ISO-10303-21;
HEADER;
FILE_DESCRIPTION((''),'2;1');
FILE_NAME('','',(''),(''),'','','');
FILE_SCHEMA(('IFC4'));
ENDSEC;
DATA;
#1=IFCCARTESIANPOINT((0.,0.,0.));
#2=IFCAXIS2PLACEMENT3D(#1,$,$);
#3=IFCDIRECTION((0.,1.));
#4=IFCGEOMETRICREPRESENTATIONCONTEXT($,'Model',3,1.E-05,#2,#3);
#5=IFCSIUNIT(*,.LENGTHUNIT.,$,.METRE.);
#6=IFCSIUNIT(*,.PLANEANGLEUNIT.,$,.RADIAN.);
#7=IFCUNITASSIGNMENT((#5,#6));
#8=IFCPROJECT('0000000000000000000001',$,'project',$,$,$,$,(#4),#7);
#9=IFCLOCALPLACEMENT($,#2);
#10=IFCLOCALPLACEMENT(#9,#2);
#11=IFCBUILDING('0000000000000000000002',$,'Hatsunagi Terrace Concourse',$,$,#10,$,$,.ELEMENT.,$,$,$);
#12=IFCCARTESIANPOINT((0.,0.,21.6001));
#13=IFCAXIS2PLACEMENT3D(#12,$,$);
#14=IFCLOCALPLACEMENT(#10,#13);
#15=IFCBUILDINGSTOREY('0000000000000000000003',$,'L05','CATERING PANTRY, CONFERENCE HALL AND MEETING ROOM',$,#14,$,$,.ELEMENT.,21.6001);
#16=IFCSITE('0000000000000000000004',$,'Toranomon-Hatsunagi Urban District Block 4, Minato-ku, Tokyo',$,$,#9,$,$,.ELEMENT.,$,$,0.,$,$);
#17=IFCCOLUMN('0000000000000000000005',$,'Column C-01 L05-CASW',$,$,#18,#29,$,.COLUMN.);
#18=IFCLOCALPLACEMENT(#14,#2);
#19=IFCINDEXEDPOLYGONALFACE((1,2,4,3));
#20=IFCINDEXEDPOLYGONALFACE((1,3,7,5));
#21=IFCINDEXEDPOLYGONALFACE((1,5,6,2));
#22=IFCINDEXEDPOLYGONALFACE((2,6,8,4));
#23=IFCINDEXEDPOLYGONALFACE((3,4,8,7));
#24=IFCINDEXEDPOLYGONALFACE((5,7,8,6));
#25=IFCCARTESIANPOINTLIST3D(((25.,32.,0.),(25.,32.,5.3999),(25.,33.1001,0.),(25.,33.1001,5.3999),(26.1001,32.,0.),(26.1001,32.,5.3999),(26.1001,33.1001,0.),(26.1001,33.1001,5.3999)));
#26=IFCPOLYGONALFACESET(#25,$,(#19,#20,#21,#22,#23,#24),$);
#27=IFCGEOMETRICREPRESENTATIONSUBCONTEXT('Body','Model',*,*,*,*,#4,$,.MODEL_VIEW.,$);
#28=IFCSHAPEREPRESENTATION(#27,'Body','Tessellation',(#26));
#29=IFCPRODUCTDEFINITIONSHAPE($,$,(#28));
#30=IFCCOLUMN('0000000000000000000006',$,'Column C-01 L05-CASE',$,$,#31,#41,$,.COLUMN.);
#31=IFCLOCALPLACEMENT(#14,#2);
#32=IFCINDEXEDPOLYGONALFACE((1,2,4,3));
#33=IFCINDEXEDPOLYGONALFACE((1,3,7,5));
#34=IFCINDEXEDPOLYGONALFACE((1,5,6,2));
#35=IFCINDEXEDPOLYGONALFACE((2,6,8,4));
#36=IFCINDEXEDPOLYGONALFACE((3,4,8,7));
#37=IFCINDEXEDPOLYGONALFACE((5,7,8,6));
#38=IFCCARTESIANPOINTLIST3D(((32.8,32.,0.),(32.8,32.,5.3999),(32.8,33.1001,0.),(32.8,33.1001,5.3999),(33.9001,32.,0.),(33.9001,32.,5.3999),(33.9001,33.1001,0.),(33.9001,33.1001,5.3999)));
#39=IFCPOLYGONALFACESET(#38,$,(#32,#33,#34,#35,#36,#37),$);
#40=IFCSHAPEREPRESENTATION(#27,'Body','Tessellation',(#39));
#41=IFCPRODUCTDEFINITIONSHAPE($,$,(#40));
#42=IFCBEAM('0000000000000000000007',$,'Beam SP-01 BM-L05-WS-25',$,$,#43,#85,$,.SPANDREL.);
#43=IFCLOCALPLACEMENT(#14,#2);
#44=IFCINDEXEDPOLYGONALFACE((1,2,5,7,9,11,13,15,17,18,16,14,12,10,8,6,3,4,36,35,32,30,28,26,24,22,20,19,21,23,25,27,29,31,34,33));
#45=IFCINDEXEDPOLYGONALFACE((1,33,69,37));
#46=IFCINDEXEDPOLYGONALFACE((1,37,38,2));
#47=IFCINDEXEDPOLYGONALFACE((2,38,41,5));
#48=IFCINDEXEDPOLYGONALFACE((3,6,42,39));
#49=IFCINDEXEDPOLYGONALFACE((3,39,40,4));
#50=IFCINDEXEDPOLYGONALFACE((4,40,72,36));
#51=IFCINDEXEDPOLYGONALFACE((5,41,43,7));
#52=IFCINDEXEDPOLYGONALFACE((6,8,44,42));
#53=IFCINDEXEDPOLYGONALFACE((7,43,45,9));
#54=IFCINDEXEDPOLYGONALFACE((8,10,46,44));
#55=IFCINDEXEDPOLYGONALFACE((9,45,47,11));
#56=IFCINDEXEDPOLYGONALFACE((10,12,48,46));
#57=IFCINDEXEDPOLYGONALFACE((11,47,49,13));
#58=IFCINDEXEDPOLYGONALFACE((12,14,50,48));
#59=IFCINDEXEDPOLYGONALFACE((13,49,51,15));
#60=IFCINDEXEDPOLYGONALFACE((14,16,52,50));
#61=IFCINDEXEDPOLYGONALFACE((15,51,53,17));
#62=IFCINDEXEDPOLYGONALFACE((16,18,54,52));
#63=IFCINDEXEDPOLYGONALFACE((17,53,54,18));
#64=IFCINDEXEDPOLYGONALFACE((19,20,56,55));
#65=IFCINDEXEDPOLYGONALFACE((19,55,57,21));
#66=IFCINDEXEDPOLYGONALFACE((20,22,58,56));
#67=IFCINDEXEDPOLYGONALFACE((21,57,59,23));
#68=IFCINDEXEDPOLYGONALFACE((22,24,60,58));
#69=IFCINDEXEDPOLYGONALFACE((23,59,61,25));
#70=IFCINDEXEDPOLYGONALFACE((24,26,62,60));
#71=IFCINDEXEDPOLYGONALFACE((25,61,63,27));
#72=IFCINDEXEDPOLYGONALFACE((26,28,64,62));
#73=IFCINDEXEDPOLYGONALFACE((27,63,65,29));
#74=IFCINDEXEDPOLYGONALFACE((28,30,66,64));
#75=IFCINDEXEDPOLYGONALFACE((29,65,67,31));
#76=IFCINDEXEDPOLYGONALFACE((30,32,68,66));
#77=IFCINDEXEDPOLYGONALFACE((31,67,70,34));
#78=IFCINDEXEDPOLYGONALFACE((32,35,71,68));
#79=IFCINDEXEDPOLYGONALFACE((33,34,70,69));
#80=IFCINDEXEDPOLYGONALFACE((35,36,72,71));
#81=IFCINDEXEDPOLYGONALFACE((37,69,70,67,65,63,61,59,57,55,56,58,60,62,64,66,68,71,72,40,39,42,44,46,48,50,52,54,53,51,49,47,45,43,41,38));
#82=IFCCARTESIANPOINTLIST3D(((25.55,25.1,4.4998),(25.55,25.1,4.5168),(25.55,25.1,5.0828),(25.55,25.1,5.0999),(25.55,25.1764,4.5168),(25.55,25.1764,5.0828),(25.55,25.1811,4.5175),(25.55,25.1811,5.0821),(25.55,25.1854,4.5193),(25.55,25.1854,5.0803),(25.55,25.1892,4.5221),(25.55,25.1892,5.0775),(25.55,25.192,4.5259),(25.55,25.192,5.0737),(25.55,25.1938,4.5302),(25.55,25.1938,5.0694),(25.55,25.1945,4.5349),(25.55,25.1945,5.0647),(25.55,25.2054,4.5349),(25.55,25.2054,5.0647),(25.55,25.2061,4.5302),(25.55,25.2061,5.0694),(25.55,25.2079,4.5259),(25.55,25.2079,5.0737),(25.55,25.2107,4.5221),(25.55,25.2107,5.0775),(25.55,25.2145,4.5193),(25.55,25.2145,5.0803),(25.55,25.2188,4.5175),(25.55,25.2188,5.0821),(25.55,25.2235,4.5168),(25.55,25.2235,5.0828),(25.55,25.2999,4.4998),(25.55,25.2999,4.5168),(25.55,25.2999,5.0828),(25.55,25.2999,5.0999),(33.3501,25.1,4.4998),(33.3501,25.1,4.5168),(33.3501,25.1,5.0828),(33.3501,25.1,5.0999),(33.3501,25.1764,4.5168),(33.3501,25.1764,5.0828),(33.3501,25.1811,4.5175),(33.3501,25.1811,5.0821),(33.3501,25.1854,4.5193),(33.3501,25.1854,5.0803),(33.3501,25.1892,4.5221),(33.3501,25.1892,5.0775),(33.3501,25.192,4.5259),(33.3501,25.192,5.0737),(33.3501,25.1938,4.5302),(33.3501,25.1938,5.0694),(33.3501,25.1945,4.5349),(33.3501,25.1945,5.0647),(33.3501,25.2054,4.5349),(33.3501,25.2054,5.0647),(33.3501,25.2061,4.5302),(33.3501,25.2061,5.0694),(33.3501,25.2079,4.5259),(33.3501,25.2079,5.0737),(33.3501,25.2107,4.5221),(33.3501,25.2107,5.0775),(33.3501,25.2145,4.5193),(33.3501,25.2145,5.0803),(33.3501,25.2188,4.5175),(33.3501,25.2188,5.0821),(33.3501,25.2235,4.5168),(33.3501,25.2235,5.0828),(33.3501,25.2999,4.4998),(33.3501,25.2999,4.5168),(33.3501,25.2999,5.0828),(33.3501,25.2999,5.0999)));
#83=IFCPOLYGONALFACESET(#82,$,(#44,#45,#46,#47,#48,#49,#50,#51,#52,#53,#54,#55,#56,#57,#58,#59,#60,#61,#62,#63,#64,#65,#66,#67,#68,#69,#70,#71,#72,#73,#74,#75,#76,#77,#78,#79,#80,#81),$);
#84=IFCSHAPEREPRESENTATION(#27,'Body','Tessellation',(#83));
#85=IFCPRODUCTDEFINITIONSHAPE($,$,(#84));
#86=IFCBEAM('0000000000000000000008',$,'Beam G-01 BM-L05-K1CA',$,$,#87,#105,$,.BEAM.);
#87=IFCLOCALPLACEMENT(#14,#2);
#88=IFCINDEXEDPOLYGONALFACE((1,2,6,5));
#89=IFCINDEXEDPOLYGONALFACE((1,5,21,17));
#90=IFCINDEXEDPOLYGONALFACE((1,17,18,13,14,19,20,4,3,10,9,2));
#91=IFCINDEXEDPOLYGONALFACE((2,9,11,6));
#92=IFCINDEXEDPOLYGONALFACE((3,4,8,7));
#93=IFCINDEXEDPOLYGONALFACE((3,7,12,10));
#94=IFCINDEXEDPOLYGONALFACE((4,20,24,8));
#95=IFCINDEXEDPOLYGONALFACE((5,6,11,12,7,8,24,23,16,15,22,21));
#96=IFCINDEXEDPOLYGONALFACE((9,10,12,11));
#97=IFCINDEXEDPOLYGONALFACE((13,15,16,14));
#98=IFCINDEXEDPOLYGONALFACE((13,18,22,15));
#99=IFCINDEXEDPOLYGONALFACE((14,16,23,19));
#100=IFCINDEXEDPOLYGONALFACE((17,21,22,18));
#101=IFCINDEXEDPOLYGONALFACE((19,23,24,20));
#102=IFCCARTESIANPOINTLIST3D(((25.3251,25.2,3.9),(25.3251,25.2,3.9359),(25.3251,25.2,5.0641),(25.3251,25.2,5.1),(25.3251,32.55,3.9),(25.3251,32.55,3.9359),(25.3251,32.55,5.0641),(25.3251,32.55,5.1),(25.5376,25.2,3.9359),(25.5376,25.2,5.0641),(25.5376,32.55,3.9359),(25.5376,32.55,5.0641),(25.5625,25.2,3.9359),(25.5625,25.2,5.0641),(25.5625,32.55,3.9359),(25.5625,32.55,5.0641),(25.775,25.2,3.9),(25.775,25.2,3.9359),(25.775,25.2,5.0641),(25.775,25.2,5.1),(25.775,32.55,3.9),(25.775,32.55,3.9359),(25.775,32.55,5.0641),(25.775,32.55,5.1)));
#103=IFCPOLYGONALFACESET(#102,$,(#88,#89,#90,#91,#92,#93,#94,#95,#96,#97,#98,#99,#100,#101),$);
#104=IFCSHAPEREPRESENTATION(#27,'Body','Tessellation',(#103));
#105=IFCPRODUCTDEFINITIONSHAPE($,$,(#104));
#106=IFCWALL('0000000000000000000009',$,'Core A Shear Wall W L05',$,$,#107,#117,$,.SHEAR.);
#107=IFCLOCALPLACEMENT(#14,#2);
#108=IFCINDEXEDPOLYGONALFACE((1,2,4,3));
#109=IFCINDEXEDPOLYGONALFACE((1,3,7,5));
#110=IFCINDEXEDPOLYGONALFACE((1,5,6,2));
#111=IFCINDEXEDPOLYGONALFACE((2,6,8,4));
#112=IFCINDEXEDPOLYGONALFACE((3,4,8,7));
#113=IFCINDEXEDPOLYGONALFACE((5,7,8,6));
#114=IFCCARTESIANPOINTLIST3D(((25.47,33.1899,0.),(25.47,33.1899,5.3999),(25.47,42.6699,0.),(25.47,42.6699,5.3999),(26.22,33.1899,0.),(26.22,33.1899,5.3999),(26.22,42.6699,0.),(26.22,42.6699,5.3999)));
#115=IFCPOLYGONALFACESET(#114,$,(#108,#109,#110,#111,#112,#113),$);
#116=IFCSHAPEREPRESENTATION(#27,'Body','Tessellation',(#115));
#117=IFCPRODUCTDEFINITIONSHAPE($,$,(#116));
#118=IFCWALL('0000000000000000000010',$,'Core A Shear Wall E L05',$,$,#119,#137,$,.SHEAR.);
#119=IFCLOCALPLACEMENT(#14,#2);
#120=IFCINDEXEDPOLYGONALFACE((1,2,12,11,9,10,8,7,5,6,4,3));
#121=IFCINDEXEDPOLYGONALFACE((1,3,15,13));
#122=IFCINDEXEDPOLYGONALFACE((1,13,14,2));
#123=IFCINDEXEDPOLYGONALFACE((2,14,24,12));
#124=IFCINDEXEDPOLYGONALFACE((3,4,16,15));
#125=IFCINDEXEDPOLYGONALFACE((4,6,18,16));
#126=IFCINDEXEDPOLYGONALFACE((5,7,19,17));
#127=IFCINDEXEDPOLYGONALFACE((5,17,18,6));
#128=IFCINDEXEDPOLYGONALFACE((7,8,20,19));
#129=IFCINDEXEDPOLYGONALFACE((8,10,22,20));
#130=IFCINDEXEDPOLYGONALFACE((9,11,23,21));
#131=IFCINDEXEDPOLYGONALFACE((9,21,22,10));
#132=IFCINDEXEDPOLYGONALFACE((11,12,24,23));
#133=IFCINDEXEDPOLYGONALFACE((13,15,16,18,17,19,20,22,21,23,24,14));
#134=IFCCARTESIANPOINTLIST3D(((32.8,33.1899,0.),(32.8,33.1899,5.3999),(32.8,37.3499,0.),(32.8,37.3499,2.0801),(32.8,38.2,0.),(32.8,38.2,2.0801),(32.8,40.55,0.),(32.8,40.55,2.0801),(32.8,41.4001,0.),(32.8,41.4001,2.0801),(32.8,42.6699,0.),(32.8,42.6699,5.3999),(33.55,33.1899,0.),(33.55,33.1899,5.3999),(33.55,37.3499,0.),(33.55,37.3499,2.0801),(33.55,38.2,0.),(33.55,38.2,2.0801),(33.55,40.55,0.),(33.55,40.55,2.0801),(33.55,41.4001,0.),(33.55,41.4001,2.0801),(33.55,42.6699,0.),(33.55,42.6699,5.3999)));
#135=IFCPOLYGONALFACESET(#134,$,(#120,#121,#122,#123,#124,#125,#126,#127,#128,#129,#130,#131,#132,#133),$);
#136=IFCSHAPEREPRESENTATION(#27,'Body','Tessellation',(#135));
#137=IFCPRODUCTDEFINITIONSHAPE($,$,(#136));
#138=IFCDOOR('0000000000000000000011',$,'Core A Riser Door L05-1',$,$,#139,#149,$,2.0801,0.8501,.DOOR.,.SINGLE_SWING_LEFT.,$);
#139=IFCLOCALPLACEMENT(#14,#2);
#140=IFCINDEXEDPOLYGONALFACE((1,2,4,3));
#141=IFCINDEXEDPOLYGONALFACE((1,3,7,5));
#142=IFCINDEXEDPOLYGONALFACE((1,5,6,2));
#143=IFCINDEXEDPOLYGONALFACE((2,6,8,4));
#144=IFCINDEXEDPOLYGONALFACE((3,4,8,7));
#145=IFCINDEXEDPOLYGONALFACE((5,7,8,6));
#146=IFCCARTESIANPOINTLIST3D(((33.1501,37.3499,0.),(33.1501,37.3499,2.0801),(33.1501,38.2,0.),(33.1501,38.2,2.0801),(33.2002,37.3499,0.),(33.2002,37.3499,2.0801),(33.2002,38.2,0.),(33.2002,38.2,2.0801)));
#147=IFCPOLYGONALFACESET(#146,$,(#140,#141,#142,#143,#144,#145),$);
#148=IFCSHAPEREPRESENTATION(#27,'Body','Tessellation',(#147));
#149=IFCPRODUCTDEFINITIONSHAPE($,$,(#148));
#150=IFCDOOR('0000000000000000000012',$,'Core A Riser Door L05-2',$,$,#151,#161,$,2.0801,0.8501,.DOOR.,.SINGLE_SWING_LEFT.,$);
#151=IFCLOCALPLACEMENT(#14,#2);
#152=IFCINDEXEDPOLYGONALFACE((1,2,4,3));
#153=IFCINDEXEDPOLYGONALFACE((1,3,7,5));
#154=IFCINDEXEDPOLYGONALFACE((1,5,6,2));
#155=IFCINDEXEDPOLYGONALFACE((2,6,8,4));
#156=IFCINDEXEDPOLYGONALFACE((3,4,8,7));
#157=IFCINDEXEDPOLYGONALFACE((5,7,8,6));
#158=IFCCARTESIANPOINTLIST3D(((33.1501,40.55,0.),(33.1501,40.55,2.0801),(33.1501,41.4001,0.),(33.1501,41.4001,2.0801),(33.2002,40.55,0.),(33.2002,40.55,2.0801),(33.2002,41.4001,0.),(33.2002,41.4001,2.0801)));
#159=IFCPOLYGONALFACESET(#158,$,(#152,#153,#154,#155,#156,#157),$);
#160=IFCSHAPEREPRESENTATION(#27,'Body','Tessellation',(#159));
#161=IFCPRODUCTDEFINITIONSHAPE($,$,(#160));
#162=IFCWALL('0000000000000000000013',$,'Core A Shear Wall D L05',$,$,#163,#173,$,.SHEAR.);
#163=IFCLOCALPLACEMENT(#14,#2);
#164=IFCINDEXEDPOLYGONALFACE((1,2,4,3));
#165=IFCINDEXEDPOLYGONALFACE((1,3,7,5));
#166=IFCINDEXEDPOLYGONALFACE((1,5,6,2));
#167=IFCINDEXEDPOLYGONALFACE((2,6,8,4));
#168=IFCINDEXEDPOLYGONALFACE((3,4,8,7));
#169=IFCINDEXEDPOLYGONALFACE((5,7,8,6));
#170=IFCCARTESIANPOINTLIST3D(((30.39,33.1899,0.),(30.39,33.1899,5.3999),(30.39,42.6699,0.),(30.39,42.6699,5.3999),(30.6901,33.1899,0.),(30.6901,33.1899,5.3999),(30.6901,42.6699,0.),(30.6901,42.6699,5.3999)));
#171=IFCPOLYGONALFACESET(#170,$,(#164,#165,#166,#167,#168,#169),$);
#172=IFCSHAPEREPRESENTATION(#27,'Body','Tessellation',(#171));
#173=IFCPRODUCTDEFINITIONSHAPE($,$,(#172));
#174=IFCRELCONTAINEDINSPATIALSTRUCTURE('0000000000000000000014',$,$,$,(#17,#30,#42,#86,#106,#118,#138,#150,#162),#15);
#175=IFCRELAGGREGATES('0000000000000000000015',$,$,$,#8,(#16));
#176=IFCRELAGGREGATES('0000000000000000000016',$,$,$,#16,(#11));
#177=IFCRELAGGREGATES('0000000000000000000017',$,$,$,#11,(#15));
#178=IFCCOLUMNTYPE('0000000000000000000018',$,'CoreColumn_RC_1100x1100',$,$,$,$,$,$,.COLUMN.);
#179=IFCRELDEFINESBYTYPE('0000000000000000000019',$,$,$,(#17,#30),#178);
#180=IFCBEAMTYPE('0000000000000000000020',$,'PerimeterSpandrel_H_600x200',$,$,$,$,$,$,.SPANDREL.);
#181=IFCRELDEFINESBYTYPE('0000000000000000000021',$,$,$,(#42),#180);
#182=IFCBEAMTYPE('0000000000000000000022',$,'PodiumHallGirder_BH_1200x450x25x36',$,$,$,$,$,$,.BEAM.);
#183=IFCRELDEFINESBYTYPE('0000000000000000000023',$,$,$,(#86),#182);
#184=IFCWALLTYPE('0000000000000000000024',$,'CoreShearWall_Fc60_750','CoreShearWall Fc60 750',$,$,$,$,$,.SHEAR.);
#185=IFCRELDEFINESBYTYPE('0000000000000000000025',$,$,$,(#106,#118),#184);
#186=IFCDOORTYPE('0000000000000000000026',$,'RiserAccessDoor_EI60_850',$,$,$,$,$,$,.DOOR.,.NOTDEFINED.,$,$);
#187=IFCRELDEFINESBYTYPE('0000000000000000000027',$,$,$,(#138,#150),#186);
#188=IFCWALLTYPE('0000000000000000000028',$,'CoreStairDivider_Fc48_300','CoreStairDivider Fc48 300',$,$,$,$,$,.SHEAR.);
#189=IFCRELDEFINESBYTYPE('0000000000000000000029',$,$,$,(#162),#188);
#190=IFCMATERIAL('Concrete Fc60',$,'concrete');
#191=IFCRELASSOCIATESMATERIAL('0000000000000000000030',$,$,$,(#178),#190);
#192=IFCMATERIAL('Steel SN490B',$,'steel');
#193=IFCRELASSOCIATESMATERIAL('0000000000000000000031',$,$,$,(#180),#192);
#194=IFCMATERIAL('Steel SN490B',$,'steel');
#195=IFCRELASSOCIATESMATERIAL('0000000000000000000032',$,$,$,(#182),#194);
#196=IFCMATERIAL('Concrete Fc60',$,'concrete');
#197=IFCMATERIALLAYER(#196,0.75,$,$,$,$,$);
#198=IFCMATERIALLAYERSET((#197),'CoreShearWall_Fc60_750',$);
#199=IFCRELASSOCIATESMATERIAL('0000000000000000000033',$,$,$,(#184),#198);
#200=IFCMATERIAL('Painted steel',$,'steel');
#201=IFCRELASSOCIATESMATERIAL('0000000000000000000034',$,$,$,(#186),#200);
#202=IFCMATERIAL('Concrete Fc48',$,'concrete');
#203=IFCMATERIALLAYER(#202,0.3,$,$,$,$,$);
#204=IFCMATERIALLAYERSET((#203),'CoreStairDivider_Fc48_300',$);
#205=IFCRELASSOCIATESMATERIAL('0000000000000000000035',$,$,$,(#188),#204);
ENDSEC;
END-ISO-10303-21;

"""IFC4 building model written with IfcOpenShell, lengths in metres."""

from ifc_helpers import new_model, si_unit, direction, frame, frame_2d, origin, origin_2d, place, context, subcontext, project, spatial, rectangle, i_section, extrude, material, layer, layer_set, material_profile, profile_set, type_object, element, fill, save


model = new_model("IFC4")

# Units and contexts
model_context = context("Model", 3, precision=1e-05, world=origin(), true_north=direction((0.0, 1.0)))
body_context = subcontext(model_context, "Body", "Model", "MODEL_VIEW")
ifc_project = project(units=[si_unit("LENGTHUNIT", "METRE"), si_unit("PLANEANGLEUNIT", "RADIAN")], contexts=[model_context])

# Site, building, storey
site_placement = place(None, origin())
site = spatial("IfcSite", under=ifc_project, at=site_placement, Name="Toranomon-Hatsunagi Urban District Block 4, Minato-ku, Tokyo", CompositionType="ELEMENT", RefElevation=0.0)
building_placement = place(site_placement, origin())
building = spatial("IfcBuilding", under=site, at=building_placement, Name="Hatsunagi Terrace Concourse", CompositionType="ELEMENT")
storey_placement = place(building_placement, frame((0.0, 0.0, 21.6001)))
storey = spatial("IfcBuildingStorey", under=building, at=storey_placement, Name="L05", Description="CATERING PANTRY, CONFERENCE HALL AND MEETING ROOM", CompositionType="ELEMENT", Elevation=21.6001)

# Columns
ifc_material_1 = material(Name="Concrete Fc60", Category="concrete")
ifc_material_profile_1 = material_profile(ifc_material_1, rectangle(XDim=1.1001, YDim=1.1001, at=origin_2d()), Name="RC-1100x1100")
ifc_profile_set_1 = profile_set([ifc_material_profile_1], Name="Concrete Fc60")
column_type = type_object("IfcColumnType", Name="CoreColumn_RC_1100x1100", PredefinedType="COLUMN", material=ifc_profile_set_1)
for number, where, z_axis, x_axis, name in (
    (1, (25.55, 32.55, 0.0), (0.0, 0.0, 1.0), (1.0, 0.0, 0.0), "Column C-01 L05-CASW"),
    (2, (33.3501, 32.55, 0.0), (0.0, 0.0, 1.0), (1.0, 0.0, 0.0), "Column C-01 L05-CASE"),
):
    element("IfcColumn", number, at=place(storey_placement, frame(where, z_axis=z_axis, x_axis=x_axis)), inside=storey, type_object=column_type, Name=name, PredefinedType="COLUMN", context=body_context, shape_type="SweptSolid", body=[
        extrude(rectangle(XDim=1.1001, YDim=1.1001, at=origin_2d()), origin(), (0.0, 0.0, 1.0), 5.3999),
    ])

# Beams
ifc_material_2 = material(Name="Steel SN490B", Category="steel")
ifc_material_profile_2 = material_profile(ifc_material_2, i_section(OverallWidth=0.2, OverallDepth=0.6001, WebThickness=0.011, FlangeThickness=0.0171, FilletRadius=0.0181, at=origin_2d()), Name="H-600x200x11x17")
ifc_profile_set_2 = profile_set([ifc_material_profile_2], Name="Steel SN490B")
beam_type_1 = type_object("IfcBeamType", Name="PerimeterSpandrel_H_600x200", PredefinedType="SPANDREL", material=ifc_profile_set_2)
beam_1_placement = place(storey_placement, frame((25.55, 25.2, 4.7998), z_axis=(1.0, 0.0, 0.0), x_axis=(0.0, 1.0, 0.0)))
element("IfcBeam", 3, at=beam_1_placement, inside=storey, type_object=beam_type_1, Name="Beam SP-01 BM-L05-WS-25", PredefinedType="SPANDREL", context=body_context, shape_type="SweptSolid", body=[
    extrude(i_section(OverallWidth=0.2, OverallDepth=0.6001, WebThickness=0.011, FlangeThickness=0.0171, FilletRadius=0.0181, at=origin_2d()), origin(), (0.0, 0.0, 1.0), 7.8),
])
ifc_material_3 = material(Name="Steel SN490B", Category="steel")
ifc_material_profile_3 = material_profile(ifc_material_3, i_section(OverallWidth=0.45, OverallDepth=1.2, WebThickness=0.0249, FlangeThickness=0.0359, at=origin_2d()), Name="BH-1200x450x25x36")
ifc_profile_set_3 = profile_set([ifc_material_profile_3], Name="Steel SN490B")
beam_type_2 = type_object("IfcBeamType", Name="PodiumHallGirder_BH_1200x450x25x36", PredefinedType="BEAM", material=ifc_profile_set_3)
beam_2_placement = place(storey_placement, frame((25.55, 25.2, 4.5), z_axis=(0.0, 1.0, 0.0), x_axis=(-1.0, 0.0, 0.0)))
element("IfcBeam", 4, at=beam_2_placement, inside=storey, type_object=beam_type_2, Name="Beam G-01 BM-L05-K1CA", PredefinedType="BEAM", context=body_context, shape_type="SweptSolid", body=[
    extrude(i_section(OverallWidth=0.45, OverallDepth=1.2, WebThickness=0.0249, FlangeThickness=0.0359, at=origin_2d()), origin(), (0.0, 0.0, 1.0), 7.3501),
])

# Wall
ifc_material_4 = material(Name="Concrete Fc60", Category="concrete")
ifc_layer_1 = layer(ifc_material_4, 0.75)
ifc_layer_set_1 = layer_set([ifc_layer_1], Name="CoreShearWall_Fc60_750")
wall_type_1 = type_object("IfcWallType", Name="CoreShearWall_Fc60_750", Description="CoreShearWall Fc60 750", PredefinedType="SHEAR", material=ifc_layer_set_1)
wall_1_placement = place(storey_placement, frame((25.845, 33.1899, 0.0), z_axis=(0.0, 0.0, 1.0), x_axis=(0.0, 1.0, 0.0)))
element("IfcWall", 5, at=wall_1_placement, inside=storey, type_object=wall_type_1, Name="Core A Shear Wall W L05", PredefinedType="SHEAR", context=body_context, shape_type="SweptSolid", body=[
    extrude(rectangle(XDim=9.48, YDim=0.75, at=frame_2d((4.74, 0.0))), origin(), (0.0, 0.0, 1.0), 5.3999),
])

# Wall, openings, doors
wall_2_placement = place(storey_placement, frame((33.175, 33.1899, 0.0), z_axis=(0.0, 0.0, 1.0), x_axis=(0.0, 1.0, 0.0)))
wall_2 = element("IfcWall", 6, at=wall_2_placement, inside=storey, type_object=wall_type_1, Name="Core A Shear Wall E L05", PredefinedType="SHEAR", context=body_context, shape_type="SweptSolid", body=[
    extrude(rectangle(XDim=9.48, YDim=0.75, at=frame_2d((4.74, 0.0))), origin(), (0.0, 0.0, 1.0), 5.3999),
])
opening_1_placement = place(wall_2_placement, frame((4.1599, 0.0, 0.0)))
opening_1 = element("IfcOpeningElement", 7, at=opening_1_placement, cuts=wall_2, PredefinedType="OPENING", context=body_context, shape_type="SweptSolid", body=[
    extrude(rectangle(XDim=0.8501, YDim=2.0801, at=frame_2d((0.425, 1.04))), frame((0.0, 0.385, 0.0), z_axis=(0.0, -1.0, 0.0), x_axis=(1.0, 0.0, 0.0)), (0.0, 0.0, 1.0), 0.77),
])
opening_2_placement = place(wall_2_placement, frame((7.3601, 0.0, 0.0)))
opening_2 = element("IfcOpeningElement", 8, at=opening_2_placement, cuts=wall_2, PredefinedType="OPENING", context=body_context, shape_type="SweptSolid", body=[
    extrude(rectangle(XDim=0.8501, YDim=2.0801, at=frame_2d((0.425, 1.04))), frame((0.0, 0.385, 0.0), z_axis=(0.0, -1.0, 0.0), x_axis=(1.0, 0.0, 0.0)), (0.0, 0.0, 1.0), 0.77),
])
ifc_material_5 = material(Name="Painted steel", Category="steel")
door_type_1 = type_object("IfcDoorType", Name="RiserAccessDoor_EI60_850", OperationType="NOTDEFINED", PredefinedType="DOOR", material=ifc_material_5)
door_1_placement = place(opening_1_placement, origin())
door_1 = element("IfcDoor", 9, at=door_1_placement, inside=storey, type_object=door_type_1, Name="Core A Riser Door L05-1", OperationType="SINGLE_SWING_LEFT", OverallHeight=2.0801, OverallWidth=0.8501, PredefinedType="DOOR", context=body_context, shape_type="SweptSolid", body=[
    extrude(rectangle(XDim=0.8501, YDim=2.0801, at=frame_2d((0.425, 1.04))), frame((0.0, 0.0249, 0.0), z_axis=(0.0, -1.0, 0.0), x_axis=(1.0, 0.0, 0.0)), (0.0, 0.0, 1.0), 0.05),
])
fill(opening_1, door_1)
door_2_placement = place(opening_2_placement, origin())
door_2 = element("IfcDoor", 10, at=door_2_placement, inside=storey, type_object=door_type_1, Name="Core A Riser Door L05-2", OperationType="SINGLE_SWING_LEFT", OverallHeight=2.0801, OverallWidth=0.8501, PredefinedType="DOOR", context=body_context, shape_type="SweptSolid", body=[
    extrude(rectangle(XDim=0.8501, YDim=2.0801, at=frame_2d((0.425, 1.04))), frame((0.0, 0.0249, 0.0), z_axis=(0.0, -1.0, 0.0), x_axis=(1.0, 0.0, 0.0)), (0.0, 0.0, 1.0), 0.05),
])
fill(opening_2, door_2)

# Wall
ifc_material_6 = material(Name="Concrete Fc48", Category="concrete")
ifc_layer_2 = layer(ifc_material_6, 0.3)
ifc_layer_set_2 = layer_set([ifc_layer_2], Name="CoreStairDivider_Fc48_300")
wall_type_2 = type_object("IfcWallType", Name="CoreStairDivider_Fc48_300", Description="CoreStairDivider Fc48 300", PredefinedType="SHEAR", material=ifc_layer_set_2)
wall_3_placement = place(storey_placement, frame((30.54, 33.1899, 0.0), z_axis=(0.0, 0.0, 1.0), x_axis=(0.0, 1.0, 0.0)))
element("IfcWall", 11, at=wall_3_placement, inside=storey, type_object=wall_type_2, Name="Core A Shear Wall D L05", PredefinedType="SHEAR", context=body_context, shape_type="SweptSolid", body=[
    extrude(rectangle(XDim=9.48, YDim=0.3, at=frame_2d((4.74, 0.0))), origin(), (0.0, 0.0, 1.0), 5.3999),
])

save(model, "model.ifc")
